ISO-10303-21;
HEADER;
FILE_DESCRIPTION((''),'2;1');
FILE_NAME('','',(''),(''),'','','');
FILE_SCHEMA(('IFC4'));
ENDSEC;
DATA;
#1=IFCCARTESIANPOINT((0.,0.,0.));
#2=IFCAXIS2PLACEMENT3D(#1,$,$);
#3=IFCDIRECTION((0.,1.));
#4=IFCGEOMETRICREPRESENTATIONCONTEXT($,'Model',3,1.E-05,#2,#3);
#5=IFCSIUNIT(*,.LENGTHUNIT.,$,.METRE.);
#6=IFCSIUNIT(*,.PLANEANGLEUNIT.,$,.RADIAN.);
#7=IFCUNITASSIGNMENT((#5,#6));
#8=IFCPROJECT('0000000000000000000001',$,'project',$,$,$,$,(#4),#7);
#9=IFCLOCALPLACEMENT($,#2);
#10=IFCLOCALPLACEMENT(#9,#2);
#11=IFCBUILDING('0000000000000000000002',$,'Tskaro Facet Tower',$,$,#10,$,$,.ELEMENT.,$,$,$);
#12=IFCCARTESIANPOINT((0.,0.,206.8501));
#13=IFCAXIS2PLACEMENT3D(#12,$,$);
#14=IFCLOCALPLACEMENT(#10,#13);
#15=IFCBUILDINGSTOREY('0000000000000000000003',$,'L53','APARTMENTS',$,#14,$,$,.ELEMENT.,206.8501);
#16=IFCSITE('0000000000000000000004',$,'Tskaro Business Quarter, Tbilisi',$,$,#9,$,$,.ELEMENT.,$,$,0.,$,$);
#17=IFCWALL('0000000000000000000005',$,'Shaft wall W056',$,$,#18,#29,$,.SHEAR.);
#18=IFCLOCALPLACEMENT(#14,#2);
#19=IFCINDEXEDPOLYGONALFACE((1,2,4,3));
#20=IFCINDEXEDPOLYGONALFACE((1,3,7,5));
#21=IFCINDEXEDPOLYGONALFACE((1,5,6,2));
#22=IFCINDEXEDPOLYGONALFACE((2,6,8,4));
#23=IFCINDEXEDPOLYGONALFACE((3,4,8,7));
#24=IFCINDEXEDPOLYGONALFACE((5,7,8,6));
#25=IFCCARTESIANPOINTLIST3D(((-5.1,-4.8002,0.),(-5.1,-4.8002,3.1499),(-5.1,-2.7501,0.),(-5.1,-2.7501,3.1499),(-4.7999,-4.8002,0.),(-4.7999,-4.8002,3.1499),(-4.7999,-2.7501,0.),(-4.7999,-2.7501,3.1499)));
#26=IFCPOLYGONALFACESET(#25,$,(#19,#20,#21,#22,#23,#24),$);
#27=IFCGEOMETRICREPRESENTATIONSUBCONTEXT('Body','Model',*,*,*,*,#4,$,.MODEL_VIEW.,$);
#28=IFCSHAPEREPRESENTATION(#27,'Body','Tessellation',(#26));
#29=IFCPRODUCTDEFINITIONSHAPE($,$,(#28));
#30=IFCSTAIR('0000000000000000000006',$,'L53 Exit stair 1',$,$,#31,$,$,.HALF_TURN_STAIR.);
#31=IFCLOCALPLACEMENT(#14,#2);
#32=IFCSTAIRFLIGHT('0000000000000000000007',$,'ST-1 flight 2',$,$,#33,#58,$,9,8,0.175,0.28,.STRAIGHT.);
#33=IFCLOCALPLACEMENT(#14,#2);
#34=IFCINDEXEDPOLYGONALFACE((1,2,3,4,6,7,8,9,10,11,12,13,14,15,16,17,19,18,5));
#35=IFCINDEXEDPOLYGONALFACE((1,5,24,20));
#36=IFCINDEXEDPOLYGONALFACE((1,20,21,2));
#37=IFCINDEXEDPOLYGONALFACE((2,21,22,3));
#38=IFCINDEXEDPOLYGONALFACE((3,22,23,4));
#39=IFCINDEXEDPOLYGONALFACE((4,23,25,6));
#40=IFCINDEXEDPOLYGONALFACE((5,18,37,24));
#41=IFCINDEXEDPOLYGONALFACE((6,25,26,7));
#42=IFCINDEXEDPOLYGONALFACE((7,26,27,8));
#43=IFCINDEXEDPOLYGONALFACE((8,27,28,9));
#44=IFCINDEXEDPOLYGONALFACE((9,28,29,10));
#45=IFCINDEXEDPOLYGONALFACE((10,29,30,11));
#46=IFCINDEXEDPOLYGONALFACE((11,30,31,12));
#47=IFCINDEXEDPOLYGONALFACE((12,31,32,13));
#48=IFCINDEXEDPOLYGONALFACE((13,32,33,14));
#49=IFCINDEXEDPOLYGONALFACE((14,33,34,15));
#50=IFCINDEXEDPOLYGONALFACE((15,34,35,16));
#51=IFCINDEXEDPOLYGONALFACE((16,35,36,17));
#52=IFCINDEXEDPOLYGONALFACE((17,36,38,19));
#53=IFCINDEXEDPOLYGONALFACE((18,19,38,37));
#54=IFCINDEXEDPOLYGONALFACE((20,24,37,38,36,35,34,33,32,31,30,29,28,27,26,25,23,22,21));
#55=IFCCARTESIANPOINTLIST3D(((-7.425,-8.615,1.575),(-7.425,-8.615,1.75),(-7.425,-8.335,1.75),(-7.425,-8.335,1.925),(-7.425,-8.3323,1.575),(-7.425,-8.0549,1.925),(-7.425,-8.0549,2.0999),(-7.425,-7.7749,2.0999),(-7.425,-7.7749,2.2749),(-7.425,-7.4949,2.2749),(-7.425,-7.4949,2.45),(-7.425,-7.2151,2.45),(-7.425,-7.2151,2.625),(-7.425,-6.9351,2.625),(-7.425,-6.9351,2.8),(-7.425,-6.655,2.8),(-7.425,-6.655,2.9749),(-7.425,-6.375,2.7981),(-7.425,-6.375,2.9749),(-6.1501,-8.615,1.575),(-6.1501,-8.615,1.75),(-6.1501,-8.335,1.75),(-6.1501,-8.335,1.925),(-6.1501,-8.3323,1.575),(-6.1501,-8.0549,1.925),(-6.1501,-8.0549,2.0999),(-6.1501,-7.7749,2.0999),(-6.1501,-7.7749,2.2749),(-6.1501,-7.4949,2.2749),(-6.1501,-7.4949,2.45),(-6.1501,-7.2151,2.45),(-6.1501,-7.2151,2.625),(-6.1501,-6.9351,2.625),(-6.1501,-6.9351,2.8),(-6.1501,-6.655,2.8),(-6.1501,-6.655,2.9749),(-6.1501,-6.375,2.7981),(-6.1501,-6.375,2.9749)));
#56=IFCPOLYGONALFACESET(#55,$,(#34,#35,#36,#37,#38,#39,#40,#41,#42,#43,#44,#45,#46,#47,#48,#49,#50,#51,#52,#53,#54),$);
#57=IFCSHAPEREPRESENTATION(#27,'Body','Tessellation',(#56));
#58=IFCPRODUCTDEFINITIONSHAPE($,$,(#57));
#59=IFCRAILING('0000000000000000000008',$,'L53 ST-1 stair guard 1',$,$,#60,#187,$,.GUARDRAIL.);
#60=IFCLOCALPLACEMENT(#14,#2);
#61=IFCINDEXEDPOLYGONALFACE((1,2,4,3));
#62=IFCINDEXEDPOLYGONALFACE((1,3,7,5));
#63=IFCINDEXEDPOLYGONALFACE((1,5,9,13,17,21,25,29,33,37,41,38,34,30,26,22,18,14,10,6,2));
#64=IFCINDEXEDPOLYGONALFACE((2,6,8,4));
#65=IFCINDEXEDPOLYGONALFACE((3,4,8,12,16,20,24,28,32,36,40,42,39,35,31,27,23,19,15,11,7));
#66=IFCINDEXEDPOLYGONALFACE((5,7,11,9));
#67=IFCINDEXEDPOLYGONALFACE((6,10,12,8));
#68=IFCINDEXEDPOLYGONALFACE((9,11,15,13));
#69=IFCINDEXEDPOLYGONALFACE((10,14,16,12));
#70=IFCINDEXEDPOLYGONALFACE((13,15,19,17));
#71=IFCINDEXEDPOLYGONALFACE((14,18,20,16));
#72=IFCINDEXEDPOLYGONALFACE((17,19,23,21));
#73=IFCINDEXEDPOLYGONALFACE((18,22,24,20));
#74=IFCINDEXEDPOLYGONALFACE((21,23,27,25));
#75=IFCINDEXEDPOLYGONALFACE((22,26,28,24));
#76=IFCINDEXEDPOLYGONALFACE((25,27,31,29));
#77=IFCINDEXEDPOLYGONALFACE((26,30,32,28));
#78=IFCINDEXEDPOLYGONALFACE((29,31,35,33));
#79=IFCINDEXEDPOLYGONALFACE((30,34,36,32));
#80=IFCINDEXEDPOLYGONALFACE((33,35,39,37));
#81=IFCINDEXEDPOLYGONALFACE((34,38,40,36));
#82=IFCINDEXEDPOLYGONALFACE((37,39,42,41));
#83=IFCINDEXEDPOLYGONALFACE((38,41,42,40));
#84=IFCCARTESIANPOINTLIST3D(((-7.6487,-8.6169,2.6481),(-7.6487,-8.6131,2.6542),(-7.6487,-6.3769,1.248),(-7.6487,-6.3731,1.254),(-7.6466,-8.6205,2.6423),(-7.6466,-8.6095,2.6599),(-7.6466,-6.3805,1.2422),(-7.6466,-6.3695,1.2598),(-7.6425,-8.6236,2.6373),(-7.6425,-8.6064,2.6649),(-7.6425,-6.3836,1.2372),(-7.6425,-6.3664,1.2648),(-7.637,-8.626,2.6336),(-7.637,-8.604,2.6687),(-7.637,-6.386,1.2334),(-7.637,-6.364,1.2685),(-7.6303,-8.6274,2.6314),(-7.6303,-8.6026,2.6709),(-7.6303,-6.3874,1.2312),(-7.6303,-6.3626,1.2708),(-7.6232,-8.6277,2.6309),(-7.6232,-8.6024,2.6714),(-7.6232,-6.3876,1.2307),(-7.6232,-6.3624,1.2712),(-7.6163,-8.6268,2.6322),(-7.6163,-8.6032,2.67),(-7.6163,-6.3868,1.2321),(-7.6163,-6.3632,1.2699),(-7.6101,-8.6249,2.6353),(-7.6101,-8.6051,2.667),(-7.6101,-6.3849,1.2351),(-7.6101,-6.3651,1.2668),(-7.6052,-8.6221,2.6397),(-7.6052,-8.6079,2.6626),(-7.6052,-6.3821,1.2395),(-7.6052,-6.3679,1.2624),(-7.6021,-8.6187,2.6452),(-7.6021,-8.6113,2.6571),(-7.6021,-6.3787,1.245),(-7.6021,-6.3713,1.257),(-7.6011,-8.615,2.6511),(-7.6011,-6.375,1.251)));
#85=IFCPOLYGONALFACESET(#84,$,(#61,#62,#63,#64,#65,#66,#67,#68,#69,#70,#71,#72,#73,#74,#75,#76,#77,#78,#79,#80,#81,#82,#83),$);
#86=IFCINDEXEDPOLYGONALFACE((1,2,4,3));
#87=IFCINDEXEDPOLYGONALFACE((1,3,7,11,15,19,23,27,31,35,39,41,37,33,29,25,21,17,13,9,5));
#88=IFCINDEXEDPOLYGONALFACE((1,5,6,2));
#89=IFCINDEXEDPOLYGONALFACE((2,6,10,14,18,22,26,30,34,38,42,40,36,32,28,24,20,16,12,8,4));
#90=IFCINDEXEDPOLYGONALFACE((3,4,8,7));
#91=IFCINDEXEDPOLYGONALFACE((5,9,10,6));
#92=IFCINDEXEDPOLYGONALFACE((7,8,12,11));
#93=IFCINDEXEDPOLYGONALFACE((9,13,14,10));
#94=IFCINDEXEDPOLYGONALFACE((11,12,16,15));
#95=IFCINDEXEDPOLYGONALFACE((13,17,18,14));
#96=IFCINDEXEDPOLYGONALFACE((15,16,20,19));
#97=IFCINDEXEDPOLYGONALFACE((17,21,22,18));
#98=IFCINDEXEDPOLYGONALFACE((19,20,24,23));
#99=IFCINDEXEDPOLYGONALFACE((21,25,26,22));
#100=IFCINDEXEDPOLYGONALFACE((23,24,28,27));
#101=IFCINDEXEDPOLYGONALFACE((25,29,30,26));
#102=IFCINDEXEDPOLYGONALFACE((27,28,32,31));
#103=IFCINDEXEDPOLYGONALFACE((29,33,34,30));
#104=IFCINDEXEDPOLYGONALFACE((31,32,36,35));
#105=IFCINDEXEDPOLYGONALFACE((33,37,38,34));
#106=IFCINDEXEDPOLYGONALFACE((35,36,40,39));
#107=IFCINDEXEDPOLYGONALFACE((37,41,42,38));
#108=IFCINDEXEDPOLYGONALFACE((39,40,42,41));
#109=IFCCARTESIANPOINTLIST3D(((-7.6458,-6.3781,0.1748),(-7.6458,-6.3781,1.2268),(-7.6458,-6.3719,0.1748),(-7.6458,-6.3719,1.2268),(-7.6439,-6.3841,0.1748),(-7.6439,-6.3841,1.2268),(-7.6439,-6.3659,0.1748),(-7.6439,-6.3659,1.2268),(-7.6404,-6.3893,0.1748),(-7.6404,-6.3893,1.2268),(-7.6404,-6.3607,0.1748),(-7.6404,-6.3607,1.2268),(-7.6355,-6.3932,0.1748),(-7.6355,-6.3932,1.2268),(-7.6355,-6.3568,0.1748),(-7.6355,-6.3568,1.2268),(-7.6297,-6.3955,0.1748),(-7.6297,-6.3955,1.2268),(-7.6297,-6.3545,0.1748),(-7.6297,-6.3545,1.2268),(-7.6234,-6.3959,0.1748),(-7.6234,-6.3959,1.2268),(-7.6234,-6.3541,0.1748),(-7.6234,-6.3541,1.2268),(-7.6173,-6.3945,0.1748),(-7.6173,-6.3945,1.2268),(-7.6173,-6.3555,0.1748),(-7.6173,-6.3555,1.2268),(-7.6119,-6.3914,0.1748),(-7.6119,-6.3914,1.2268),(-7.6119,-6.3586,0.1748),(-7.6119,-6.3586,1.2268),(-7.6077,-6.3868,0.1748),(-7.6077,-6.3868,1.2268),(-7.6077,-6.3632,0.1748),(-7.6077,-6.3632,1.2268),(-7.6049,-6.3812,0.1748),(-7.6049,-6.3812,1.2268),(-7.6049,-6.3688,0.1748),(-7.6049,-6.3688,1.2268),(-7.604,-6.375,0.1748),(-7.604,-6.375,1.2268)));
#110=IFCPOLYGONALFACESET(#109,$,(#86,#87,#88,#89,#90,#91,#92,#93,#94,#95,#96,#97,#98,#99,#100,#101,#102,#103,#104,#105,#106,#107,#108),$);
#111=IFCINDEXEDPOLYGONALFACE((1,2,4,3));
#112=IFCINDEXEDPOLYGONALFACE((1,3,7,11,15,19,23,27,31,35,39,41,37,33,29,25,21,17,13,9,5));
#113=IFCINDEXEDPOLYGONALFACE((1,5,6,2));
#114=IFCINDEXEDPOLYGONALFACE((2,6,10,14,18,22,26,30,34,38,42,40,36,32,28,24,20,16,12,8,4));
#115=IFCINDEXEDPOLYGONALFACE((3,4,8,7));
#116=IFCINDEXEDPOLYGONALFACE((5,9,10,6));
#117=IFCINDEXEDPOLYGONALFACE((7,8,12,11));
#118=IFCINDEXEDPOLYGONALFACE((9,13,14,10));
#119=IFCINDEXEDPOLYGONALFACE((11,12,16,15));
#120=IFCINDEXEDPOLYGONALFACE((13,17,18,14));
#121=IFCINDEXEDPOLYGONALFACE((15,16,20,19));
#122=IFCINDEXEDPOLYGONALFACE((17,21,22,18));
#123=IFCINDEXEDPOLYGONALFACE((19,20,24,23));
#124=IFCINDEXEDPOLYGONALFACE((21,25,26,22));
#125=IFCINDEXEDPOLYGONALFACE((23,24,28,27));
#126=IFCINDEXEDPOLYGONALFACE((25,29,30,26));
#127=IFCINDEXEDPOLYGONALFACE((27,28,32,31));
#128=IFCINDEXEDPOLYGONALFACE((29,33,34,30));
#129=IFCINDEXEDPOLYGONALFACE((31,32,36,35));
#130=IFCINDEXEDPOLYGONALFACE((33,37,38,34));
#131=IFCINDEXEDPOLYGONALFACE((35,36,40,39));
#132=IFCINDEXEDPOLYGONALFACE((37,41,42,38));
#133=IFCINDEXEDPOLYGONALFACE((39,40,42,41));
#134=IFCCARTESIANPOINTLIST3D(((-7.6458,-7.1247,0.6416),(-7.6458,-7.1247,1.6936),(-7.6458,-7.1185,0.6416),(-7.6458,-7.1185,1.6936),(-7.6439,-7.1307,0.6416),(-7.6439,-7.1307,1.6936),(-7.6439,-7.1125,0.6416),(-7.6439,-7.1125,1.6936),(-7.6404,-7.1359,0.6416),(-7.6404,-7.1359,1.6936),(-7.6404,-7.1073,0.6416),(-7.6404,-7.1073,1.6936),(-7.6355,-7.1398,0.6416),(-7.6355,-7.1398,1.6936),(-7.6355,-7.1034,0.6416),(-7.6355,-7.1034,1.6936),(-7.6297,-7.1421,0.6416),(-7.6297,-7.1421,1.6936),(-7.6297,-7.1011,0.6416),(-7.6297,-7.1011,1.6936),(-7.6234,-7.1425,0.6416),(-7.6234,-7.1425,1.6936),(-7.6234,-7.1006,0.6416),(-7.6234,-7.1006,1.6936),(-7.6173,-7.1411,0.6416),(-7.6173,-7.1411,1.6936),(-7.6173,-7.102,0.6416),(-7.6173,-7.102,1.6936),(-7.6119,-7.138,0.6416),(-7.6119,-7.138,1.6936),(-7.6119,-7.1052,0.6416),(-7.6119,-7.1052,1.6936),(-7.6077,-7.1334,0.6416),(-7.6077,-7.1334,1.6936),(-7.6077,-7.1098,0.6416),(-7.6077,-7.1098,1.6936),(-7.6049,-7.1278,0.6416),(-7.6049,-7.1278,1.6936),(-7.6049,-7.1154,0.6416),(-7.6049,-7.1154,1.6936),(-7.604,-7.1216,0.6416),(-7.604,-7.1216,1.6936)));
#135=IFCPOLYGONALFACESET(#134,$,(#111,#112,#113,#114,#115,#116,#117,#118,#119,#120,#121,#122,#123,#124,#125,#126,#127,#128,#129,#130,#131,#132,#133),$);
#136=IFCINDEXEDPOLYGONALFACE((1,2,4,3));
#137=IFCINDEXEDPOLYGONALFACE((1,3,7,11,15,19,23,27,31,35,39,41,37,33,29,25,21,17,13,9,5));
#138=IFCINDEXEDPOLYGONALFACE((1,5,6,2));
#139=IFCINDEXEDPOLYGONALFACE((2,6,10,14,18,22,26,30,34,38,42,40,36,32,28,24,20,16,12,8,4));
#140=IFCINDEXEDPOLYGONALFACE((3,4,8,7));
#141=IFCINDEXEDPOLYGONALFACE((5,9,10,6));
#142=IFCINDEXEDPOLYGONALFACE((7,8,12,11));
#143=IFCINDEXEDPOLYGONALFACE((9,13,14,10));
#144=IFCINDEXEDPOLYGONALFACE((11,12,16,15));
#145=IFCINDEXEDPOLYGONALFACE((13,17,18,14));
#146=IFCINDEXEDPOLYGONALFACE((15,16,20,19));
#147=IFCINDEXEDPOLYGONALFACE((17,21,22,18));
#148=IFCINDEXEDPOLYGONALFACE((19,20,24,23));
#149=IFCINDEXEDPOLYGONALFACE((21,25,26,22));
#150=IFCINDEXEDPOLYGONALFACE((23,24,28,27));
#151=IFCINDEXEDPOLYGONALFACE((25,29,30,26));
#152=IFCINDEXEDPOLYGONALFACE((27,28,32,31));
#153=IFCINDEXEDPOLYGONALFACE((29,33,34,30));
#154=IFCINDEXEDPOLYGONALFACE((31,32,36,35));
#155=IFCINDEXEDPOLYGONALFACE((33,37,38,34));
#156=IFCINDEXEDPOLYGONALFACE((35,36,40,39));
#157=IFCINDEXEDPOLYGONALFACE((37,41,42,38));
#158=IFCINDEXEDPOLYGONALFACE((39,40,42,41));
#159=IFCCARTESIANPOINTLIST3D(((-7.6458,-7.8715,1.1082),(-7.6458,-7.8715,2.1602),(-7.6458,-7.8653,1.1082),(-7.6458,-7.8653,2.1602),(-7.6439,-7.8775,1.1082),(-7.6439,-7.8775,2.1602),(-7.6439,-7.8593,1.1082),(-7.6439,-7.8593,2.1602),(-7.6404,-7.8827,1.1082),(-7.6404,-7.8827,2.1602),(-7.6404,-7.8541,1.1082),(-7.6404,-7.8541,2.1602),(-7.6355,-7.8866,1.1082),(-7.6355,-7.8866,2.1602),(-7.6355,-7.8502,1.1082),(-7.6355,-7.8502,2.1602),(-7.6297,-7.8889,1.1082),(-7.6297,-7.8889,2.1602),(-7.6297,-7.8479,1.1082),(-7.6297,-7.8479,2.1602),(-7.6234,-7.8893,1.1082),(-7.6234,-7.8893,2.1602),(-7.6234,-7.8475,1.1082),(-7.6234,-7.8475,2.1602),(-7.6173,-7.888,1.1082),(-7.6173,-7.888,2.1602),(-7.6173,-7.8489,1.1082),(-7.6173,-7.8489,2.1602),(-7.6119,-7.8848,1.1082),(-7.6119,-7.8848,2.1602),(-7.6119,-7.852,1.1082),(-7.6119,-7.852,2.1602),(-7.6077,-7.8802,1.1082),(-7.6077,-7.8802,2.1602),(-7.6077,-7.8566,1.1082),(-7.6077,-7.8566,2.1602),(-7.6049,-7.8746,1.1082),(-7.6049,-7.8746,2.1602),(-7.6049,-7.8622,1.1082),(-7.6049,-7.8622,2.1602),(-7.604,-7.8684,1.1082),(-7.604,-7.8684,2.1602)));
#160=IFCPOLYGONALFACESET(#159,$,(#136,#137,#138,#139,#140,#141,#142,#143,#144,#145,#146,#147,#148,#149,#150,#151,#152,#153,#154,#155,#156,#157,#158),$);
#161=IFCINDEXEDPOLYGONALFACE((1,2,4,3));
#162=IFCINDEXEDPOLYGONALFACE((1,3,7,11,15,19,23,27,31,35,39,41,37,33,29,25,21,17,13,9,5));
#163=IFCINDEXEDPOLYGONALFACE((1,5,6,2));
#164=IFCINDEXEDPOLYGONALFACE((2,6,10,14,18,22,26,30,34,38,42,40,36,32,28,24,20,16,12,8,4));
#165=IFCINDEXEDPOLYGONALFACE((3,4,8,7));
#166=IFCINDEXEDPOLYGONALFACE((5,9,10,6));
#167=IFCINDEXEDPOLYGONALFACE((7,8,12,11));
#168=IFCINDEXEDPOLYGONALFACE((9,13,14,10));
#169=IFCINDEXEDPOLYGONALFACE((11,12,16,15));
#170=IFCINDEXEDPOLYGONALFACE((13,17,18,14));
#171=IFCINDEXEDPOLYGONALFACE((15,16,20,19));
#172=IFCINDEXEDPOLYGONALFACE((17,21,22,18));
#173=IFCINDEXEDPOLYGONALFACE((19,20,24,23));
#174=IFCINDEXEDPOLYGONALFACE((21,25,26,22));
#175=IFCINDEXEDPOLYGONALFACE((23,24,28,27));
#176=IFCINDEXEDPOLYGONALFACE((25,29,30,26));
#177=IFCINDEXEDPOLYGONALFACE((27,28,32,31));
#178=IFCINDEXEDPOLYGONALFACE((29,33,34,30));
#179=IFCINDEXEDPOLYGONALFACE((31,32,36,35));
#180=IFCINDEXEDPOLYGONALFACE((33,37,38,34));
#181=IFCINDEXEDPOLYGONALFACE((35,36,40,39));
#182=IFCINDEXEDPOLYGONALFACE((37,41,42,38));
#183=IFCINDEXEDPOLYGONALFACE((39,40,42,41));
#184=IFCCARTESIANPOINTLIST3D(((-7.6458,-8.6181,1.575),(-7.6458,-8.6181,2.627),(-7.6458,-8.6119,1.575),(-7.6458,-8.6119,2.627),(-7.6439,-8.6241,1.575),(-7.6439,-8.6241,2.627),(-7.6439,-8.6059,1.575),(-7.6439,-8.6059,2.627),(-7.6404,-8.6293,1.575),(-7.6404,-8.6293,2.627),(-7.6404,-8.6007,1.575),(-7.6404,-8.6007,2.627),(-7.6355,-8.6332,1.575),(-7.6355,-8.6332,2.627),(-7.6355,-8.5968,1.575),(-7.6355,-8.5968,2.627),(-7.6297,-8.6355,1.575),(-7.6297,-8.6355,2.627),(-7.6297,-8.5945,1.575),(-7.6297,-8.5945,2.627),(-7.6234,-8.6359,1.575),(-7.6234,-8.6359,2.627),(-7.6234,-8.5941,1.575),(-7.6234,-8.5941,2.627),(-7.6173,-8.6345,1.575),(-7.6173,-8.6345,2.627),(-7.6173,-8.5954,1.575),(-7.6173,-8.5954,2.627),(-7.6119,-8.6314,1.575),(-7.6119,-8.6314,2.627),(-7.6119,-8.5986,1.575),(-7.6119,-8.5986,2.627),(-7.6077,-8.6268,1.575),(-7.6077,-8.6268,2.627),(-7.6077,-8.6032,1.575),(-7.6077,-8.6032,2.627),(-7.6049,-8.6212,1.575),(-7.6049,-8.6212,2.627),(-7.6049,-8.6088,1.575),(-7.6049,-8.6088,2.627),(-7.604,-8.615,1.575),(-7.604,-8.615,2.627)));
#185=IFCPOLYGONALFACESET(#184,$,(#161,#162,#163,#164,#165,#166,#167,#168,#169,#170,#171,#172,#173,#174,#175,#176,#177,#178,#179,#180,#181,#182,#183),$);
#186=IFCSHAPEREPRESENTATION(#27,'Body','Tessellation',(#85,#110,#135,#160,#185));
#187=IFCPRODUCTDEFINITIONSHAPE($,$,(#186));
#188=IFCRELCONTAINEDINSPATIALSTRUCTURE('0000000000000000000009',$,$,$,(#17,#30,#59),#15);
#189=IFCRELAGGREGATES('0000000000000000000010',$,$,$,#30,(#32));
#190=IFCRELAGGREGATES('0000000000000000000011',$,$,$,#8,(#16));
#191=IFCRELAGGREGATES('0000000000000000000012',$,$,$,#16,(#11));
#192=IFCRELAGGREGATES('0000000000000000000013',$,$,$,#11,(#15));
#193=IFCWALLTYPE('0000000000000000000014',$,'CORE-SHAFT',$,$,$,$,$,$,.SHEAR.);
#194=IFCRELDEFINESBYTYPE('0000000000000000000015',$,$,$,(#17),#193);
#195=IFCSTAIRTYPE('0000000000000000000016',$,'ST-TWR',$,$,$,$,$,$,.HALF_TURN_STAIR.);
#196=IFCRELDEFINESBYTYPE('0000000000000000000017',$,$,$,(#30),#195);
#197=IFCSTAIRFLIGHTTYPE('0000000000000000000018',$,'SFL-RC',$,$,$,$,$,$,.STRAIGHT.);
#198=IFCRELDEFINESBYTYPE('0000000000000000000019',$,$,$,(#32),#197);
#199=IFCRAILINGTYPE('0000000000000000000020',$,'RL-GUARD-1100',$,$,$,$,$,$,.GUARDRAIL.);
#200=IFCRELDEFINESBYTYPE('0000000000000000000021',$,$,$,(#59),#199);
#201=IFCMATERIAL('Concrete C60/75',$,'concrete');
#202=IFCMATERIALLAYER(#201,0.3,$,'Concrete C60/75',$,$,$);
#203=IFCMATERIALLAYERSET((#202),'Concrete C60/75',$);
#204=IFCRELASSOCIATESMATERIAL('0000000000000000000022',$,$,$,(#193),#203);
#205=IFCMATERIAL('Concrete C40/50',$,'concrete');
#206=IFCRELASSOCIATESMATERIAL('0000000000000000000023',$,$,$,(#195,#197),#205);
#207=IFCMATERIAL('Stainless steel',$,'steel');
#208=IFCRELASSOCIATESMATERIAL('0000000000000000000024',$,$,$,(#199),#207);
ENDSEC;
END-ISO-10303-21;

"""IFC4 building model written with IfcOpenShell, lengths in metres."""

from ifc_helpers import new_model, si_unit, direction, frame, frame_2d, origin, origin_2d, place, context, subcontext, project, spatial, polyline, rectangle, circle, outline, extrude, material, layer, layer_set, type_object, element, aggregate, save


model = new_model("IFC4")

# Units and contexts
model_context = context("Model", 3, precision=1e-05, world=origin(), true_north=direction((0.0, 1.0)))
body_context = subcontext(model_context, "Body", "Model", "MODEL_VIEW")
ifc_project = project(units=[si_unit("LENGTHUNIT", "METRE"), si_unit("PLANEANGLEUNIT", "RADIAN")], contexts=[model_context])

# Site, building, storey
site_placement = place(None, origin())
site = spatial("IfcSite", under=ifc_project, at=site_placement, Name="Tskaro Business Quarter, Tbilisi", CompositionType="ELEMENT", RefElevation=0.0)
building_placement = place(site_placement, origin())
building = spatial("IfcBuilding", under=site, at=building_placement, Name="Tskaro Facet Tower", CompositionType="ELEMENT")
storey_placement = place(building_placement, frame((0.0, 0.0, 206.8501)))
storey = spatial("IfcBuildingStorey", under=building, at=storey_placement, Name="L53", Description="APARTMENTS", CompositionType="ELEMENT", Elevation=206.8501)

# Shared definitions
ifc_material_1 = material(Name="Concrete C60/75", Category="concrete")
ifc_layer = layer(ifc_material_1, 0.3, Name="Concrete C60/75")
ifc_layer_set = layer_set([ifc_layer], Name="Concrete C60/75")
wall_type = type_object("IfcWallType", Name="CORE-SHAFT", PredefinedType="SHEAR", material=ifc_layer_set)
ifc_material_2 = material(Name="Stainless steel", Category="steel")

# Wall
wall_1_placement = place(storey_placement, frame((-4.95, -4.8, 0.0), z_axis=(0.0, 0.0, 1.0), x_axis=(0.0, 1.0, 0.0)))
element("IfcWall", 1, at=wall_1_placement, inside=storey, type_object=wall_type, Name="Shaft wall W056", PredefinedType="SHEAR", context=body_context, shape_type="SweptSolid", body=[
    extrude(rectangle(XDim=2.05, YDim=0.3, at=frame_2d((1.0249, 0.0))), origin(), (0.0, 0.0, 1.0), 3.1499),
])

# Stair, stair flight
ifc_material_3 = material(Name="Concrete C40/50", Category="concrete")
stair_type = type_object("IfcStairType", Name="ST-TWR", PredefinedType="HALF_TURN_STAIR", material=ifc_material_3)
stair_placement = place(storey_placement, origin())
stair = element("IfcStair", 2, at=stair_placement, inside=storey, type_object=stair_type, Name="L53 Exit stair 1", PredefinedType="HALF_TURN_STAIR")
stair_flight_type = type_object("IfcStairFlightType", Name="SFL-RC", PredefinedType="STRAIGHT", material=ifc_material_3)
stair_flight_placement = place(storey_placement, frame((-6.7876, -8.615, 1.575), z_axis=(0.0, 0.0, 1.0), x_axis=(0.0, 1.0, 0.0)))
stair_flight = element("IfcStairFlight", 3, at=stair_flight_placement, type_object=stair_flight_type, Name="ST-1 flight 2", NumberOfRisers=9, NumberOfTreads=8, PredefinedType="STRAIGHT", RiserHeight=0.175, TreadLength=0.28, context=body_context, shape_type="SweptSolid", body=[
    extrude(outline(polyline([(0.0, 0.0), (0.0, 0.175), (0.28, 0.175), (0.28, 0.3501), (0.5601, 0.3501), (0.5601, 0.5249), (0.8401, 0.5249), (0.8401, 0.7), (1.1201, 0.7), (1.1201, 0.875), (1.3999, 0.875), (1.3999, 1.05), (1.6799, 1.05), (1.6799, 1.2251), (1.96, 1.2251), (1.96, 1.3999), (2.24, 1.3999), (2.24, 1.575), (2.24, 1.2231), (0.2827, 0.0), (0.0, 0.0)])), frame((0.0, 0.6375, 0.0), z_axis=(0.0, -1.0, 0.0), x_axis=(1.0, 0.0, 0.0)), (0.0, 0.0, 1.0), 1.2749),
])
aggregate(stair, [stair_flight])

# Railing
railing_type_1 = type_object("IfcRailingType", Name="RL-GUARD-1100", PredefinedType="GUARDRAIL", material=ifc_material_2)
railing_1_placement = place(storey_placement, frame((-7.625, -6.375, 0.1748)))
element("IfcRailing", 4, at=railing_1_placement, inside=storey, type_object=railing_type_1, Name="L53 ST-1 stair guard 1", PredefinedType="GUARDRAIL", context=body_context, shape_type="SweptSolid", body=[
    extrude(circle(Radius=0.0239, at=origin_2d()), frame((0.0, 0.0, 1.0762), z_axis=(0.0, -0.847972, 0.53004), x_axis=(1.0, 0.0, 0.0)), (0.0, 0.0, 1.0), 2.6416),
    extrude(circle(Radius=0.021, at=origin_2d()), origin(), (0.0, 0.0, 1.0), 1.052),
    extrude(circle(Radius=0.021, at=origin_2d()), frame((0.0, -0.7466, 0.4668)), (0.0, 0.0, 1.0), 1.052),
    extrude(circle(Radius=0.021, at=origin_2d()), frame((0.0, -1.4934, 0.9333)), (0.0, 0.0, 1.0), 1.052),
    extrude(circle(Radius=0.021, at=origin_2d()), frame((0.0, -2.24, 1.4001)), (0.0, 0.0, 1.0), 1.052),
])

save(model, "model.ifc")
